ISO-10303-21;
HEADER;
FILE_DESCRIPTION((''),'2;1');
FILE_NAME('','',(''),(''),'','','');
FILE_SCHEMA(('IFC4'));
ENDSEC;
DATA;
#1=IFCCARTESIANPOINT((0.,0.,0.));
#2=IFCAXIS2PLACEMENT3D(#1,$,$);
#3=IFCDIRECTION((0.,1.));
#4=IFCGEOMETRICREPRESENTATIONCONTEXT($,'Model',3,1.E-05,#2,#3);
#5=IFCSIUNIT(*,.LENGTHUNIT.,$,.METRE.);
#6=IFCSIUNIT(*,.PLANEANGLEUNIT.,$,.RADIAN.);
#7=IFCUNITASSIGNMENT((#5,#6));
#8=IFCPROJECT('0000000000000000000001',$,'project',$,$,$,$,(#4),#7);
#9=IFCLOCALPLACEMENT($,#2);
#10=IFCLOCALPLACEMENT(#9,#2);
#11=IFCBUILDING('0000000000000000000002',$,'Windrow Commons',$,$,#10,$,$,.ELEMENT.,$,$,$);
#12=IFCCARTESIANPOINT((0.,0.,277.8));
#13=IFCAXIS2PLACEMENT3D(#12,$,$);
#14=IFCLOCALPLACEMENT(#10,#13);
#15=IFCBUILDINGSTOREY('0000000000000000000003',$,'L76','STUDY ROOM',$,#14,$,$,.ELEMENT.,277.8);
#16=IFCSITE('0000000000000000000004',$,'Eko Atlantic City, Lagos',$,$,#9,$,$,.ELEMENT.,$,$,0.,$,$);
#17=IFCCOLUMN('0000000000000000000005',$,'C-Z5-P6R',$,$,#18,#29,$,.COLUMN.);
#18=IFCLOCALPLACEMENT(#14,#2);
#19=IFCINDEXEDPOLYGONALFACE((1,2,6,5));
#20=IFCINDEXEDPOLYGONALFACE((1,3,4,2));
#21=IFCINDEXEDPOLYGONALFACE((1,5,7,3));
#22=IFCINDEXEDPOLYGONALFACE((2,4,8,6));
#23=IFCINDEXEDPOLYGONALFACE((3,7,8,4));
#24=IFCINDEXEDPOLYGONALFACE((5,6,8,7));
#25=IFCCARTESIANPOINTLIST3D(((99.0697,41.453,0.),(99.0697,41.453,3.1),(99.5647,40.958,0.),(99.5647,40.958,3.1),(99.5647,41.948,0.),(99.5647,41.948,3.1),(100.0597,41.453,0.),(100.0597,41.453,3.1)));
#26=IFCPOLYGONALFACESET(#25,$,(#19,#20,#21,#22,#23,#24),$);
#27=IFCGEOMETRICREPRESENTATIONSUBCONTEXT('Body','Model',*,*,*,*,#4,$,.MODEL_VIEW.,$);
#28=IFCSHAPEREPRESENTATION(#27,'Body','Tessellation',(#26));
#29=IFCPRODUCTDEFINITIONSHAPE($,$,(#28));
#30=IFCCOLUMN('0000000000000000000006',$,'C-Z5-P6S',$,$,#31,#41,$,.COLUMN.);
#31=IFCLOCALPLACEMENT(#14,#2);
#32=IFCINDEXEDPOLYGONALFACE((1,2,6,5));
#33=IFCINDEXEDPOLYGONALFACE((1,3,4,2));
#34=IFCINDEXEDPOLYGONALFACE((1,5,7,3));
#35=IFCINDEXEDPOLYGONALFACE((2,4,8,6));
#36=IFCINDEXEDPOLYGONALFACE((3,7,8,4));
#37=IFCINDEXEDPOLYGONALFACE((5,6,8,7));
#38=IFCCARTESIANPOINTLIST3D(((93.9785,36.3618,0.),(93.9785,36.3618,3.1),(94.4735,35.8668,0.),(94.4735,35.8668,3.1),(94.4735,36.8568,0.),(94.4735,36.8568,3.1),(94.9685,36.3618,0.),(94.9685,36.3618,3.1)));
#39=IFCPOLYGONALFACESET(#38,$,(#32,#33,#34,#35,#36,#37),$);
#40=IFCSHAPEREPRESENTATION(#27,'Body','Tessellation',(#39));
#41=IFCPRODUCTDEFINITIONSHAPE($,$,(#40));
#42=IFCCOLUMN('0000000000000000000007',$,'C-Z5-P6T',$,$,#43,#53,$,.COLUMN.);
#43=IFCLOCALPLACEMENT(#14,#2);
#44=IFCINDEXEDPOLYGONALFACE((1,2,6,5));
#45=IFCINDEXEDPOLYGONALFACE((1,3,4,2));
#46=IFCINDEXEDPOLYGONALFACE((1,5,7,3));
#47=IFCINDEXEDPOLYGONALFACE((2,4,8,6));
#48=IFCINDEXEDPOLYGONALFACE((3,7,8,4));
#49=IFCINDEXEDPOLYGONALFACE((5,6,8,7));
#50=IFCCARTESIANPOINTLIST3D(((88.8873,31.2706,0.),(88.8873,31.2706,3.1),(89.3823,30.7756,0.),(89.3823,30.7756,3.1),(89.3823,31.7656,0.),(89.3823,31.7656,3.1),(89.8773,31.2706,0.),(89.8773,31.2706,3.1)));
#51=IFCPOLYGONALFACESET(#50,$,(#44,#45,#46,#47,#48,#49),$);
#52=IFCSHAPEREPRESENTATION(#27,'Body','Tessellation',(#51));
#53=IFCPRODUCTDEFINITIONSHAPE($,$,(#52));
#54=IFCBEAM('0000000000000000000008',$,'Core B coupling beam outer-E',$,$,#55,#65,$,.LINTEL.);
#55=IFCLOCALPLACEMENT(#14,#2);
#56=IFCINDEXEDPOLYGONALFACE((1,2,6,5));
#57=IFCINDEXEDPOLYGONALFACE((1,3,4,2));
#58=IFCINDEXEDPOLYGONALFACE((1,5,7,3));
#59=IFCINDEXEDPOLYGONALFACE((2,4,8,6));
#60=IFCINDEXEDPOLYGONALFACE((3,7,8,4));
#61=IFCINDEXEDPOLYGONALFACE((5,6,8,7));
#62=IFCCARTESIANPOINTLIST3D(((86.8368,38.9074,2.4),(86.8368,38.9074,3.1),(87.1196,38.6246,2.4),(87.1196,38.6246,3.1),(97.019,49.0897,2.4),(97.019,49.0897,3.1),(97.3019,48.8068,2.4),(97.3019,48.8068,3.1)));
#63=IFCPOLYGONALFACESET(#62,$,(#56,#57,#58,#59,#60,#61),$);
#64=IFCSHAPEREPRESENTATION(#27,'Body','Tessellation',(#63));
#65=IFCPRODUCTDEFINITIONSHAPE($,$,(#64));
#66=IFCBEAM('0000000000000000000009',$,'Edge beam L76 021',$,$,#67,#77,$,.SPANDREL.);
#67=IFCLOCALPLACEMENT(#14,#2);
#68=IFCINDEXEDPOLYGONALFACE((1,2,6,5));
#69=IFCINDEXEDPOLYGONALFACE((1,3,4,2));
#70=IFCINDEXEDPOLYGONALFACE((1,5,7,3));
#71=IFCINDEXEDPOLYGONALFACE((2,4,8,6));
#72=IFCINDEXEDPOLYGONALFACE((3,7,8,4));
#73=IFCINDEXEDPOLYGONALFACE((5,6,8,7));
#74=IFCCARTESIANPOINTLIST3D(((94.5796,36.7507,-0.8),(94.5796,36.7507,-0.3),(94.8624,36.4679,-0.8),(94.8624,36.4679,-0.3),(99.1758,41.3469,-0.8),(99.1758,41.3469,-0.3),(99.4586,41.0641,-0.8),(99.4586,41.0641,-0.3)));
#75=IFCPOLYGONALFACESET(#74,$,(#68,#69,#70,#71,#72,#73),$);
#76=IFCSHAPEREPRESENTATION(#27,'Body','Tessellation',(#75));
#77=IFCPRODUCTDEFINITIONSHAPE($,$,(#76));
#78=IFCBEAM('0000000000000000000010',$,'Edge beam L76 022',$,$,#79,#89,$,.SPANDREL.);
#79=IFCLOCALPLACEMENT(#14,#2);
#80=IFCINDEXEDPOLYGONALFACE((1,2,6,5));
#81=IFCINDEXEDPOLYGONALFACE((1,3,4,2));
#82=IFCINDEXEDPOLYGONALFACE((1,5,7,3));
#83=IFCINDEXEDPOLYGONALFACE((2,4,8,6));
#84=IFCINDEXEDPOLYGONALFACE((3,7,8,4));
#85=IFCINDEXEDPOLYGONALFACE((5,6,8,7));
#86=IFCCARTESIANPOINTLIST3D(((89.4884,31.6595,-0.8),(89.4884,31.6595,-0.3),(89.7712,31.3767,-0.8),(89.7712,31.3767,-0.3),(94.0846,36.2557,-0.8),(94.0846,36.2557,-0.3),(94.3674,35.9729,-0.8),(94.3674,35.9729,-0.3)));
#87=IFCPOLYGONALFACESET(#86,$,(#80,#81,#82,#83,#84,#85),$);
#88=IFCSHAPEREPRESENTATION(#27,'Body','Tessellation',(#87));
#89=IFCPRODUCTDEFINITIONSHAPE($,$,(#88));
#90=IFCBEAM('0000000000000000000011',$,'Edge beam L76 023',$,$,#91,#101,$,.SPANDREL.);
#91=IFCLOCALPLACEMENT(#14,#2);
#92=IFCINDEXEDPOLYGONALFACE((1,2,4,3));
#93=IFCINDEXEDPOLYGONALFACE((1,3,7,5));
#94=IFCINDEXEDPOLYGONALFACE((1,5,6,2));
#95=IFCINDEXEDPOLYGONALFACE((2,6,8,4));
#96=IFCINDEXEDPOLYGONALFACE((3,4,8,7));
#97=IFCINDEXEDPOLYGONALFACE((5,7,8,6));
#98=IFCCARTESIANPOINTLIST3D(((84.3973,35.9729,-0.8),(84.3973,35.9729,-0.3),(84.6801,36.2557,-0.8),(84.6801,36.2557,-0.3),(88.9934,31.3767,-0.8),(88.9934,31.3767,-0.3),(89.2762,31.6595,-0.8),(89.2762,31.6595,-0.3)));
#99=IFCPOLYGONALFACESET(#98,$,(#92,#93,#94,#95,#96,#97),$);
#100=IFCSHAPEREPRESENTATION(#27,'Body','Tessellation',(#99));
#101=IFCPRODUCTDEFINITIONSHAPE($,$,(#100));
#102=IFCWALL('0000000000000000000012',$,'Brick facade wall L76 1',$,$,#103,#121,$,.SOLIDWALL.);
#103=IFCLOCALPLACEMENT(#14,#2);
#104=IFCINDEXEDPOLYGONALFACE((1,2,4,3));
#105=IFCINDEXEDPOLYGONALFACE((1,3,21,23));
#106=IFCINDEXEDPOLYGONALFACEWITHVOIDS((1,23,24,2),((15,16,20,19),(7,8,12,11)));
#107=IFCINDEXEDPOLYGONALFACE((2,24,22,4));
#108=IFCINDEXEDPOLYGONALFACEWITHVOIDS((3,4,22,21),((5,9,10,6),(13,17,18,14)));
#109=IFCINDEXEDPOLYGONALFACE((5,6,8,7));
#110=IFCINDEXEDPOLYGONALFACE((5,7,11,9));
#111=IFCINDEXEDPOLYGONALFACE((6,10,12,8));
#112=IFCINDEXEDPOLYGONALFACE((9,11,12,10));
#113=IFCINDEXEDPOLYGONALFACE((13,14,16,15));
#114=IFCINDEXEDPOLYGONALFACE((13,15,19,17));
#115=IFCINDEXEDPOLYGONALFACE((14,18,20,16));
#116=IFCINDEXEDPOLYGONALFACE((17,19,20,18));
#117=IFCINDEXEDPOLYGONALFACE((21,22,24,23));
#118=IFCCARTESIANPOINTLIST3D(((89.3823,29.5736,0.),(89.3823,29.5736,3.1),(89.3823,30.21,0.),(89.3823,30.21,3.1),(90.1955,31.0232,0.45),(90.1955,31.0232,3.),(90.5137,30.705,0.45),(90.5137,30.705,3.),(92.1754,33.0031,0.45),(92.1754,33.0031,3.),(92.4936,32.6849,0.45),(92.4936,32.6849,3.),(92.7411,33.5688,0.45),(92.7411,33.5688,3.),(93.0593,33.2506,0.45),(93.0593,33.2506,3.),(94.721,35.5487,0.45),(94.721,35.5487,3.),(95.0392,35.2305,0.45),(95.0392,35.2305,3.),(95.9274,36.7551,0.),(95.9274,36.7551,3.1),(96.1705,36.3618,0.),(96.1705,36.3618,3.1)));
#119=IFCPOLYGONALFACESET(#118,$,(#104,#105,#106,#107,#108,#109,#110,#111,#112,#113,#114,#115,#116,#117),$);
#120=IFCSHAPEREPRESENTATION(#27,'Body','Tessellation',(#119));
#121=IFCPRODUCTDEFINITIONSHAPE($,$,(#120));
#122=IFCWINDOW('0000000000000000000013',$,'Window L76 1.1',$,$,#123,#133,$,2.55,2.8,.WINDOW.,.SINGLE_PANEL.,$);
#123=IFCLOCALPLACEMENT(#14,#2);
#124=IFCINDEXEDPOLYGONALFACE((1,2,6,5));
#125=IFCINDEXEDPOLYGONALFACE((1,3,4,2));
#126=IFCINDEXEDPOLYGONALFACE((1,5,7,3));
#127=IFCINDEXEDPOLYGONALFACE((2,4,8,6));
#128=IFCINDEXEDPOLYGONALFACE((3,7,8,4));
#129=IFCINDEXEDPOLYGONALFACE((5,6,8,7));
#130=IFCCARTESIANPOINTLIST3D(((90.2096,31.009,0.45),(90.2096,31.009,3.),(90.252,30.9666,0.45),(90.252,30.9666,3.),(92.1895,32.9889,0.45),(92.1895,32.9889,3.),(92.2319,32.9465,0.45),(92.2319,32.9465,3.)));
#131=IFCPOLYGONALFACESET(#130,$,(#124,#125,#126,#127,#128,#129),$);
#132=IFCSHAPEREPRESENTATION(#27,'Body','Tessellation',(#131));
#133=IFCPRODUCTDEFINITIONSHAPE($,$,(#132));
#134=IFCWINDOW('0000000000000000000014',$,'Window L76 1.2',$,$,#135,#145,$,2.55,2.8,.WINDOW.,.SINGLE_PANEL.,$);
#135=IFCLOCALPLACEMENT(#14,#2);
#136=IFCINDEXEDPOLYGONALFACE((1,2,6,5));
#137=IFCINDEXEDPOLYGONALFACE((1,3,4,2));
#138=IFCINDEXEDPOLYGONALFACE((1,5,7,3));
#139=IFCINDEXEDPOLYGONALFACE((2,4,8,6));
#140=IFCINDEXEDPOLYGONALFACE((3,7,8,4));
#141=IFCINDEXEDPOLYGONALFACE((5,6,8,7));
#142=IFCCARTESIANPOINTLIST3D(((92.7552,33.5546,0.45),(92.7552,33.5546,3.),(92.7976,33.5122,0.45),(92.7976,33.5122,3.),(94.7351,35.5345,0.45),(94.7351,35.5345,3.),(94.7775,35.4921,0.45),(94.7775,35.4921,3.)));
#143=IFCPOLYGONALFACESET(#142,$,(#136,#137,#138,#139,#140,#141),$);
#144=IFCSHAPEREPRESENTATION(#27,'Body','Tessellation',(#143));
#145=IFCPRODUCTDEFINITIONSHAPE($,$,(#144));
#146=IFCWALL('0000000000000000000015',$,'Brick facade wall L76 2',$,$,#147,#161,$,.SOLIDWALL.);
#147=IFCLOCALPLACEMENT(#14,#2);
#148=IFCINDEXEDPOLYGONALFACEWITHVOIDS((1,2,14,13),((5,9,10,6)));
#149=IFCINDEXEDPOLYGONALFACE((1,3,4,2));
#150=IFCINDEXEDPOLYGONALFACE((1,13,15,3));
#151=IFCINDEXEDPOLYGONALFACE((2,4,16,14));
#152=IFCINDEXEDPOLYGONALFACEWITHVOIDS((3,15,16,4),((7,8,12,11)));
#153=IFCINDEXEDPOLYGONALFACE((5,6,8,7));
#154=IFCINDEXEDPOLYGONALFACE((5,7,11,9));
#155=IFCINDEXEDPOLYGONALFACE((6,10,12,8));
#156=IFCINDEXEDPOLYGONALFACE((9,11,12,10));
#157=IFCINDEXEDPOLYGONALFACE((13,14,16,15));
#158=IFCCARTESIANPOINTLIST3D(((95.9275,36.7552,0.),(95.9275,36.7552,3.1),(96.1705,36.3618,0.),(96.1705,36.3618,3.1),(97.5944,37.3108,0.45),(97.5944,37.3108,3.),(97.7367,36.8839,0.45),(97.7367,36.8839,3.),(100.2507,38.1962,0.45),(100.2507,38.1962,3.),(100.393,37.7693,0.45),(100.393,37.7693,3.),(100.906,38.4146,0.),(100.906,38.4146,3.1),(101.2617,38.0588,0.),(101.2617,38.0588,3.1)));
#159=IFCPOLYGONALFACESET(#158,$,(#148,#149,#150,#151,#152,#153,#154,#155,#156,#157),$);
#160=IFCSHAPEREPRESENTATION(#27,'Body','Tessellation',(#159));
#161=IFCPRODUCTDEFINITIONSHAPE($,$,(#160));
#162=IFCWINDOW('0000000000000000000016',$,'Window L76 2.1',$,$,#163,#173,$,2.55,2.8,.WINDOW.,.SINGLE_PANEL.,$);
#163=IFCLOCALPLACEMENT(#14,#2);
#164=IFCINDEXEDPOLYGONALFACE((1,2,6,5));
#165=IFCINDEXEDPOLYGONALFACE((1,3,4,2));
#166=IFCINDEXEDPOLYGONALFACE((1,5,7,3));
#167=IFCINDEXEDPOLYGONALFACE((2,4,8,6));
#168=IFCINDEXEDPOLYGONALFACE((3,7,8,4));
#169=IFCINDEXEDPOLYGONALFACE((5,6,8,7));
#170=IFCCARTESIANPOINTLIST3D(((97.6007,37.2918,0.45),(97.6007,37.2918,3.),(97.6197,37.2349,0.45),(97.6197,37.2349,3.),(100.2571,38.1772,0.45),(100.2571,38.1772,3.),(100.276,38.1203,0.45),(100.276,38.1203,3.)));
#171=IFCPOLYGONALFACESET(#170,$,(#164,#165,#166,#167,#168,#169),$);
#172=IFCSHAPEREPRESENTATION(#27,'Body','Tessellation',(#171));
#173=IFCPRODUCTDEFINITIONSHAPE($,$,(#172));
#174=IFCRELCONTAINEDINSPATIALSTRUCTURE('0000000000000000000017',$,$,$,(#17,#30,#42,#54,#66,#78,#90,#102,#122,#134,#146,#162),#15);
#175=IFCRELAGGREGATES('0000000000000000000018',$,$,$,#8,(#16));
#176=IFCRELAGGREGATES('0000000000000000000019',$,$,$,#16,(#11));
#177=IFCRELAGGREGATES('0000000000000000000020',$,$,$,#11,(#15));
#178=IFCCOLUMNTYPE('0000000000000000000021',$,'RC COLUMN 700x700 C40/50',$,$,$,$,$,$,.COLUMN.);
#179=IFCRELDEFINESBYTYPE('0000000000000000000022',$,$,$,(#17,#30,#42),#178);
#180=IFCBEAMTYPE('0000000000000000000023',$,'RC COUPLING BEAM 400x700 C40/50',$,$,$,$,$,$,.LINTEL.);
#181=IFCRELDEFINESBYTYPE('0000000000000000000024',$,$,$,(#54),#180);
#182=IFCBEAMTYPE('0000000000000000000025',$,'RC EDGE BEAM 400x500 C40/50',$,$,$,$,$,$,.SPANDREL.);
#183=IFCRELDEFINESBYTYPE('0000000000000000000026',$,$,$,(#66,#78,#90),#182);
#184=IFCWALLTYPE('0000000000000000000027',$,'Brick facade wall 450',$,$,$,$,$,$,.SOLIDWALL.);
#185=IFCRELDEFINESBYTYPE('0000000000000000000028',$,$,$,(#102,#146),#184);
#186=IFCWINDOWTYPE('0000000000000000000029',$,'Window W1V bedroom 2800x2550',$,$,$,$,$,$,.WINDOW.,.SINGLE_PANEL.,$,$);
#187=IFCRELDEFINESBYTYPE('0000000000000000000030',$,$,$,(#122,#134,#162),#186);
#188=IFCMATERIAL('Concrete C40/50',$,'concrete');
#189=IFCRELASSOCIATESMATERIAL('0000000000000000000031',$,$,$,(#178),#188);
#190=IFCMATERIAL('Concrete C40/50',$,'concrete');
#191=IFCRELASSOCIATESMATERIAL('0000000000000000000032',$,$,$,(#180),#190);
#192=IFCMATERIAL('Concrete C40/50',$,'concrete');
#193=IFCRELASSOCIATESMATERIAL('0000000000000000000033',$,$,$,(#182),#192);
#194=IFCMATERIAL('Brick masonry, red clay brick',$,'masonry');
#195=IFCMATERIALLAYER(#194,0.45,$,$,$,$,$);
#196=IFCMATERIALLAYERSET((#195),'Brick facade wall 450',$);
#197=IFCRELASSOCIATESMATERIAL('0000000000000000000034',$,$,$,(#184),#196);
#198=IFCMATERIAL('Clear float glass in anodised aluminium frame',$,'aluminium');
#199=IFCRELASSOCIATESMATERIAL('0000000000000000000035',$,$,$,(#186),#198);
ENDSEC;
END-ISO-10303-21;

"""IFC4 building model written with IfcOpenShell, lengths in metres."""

from ifc_helpers import new_model, si_unit, direction, frame, frame_2d, origin, origin_2d, place, context, subcontext, project, spatial, polyline, rectangle, outline, extrude, material, layer, layer_set, material_profile, profile_set, type_object, element, fill, save


model = new_model("IFC4")

# Units and contexts
model_context = context("Model", 3, precision=1e-05, world=origin(), true_north=direction((0.0, 1.0)))
body_context = subcontext(model_context, "Body", "Model", "MODEL_VIEW")
ifc_project = project(units=[si_unit("LENGTHUNIT", "METRE"), si_unit("PLANEANGLEUNIT", "RADIAN")], contexts=[model_context])

# Site, building, storey
site_placement = place(None, origin())
site = spatial("IfcSite", under=ifc_project, at=site_placement, Name="Eko Atlantic City, Lagos", CompositionType="ELEMENT", RefElevation=0.0)
building_placement = place(site_placement, origin())
building = spatial("IfcBuilding", under=site, at=building_placement, Name="Windrow Commons", CompositionType="ELEMENT")
storey_placement = place(building_placement, frame((0.0, 0.0, 277.8)))
storey = spatial("IfcBuildingStorey", under=building, at=storey_placement, Name="L76", Description="STUDY ROOM", CompositionType="ELEMENT", Elevation=277.8)

# Columns
ifc_material_1 = material(Name="Concrete C40/50", Category="concrete")
ifc_material_profile_1 = material_profile(ifc_material_1, rectangle(XDim=0.7, YDim=0.7, at=origin_2d()))
ifc_profile_set_1 = profile_set([ifc_material_profile_1], Name="Concrete C40/50")
column_type = type_object("IfcColumnType", Name="RC COLUMN 700x700 C40/50", PredefinedType="COLUMN", material=ifc_profile_set_1)
for number, where, z_axis, x_axis, name in (
    (1, (99.5647, 41.453, 0.0), (0.0, 0.0, 1.0), (0.707107, -0.707107, 0.0), "C-Z5-P6R"),
    (2, (94.4735, 36.3618, 0.0), (0.0, 0.0, 1.0), (0.707107, -0.707107, 0.0), "C-Z5-P6S"),
    (3, (89.3823, 31.2706, 0.0), (0.0, 0.0, 1.0), (0.707107, -0.707107, 0.0), "C-Z5-P6T"),
):
    element("IfcColumn", number, at=place(storey_placement, frame(where, z_axis=z_axis, x_axis=x_axis)), inside=storey, type_object=column_type, Name=name, PredefinedType="COLUMN", context=body_context, shape_type="SweptSolid", body=[
        extrude(rectangle(XDim=0.7, YDim=0.7, at=origin_2d()), origin(), (0.0, 0.0, 1.0), 3.1),
    ])

# Beams
ifc_material_2 = material(Name="Concrete C40/50", Category="concrete")
ifc_material_profile_2 = material_profile(ifc_material_2, rectangle(XDim=0.4, YDim=0.7, at=origin_2d()))
ifc_profile_set_2 = profile_set([ifc_material_profile_2], Name="Concrete C40/50")
beam_type_1 = type_object("IfcBeamType", Name="RC COUPLING BEAM 400x700 C40/50", PredefinedType="LINTEL", material=ifc_profile_set_2)
beam_1_placement = place(storey_placement, frame((86.9782, 38.766, 2.75), z_axis=(0.707107, 0.707107, 0.0), x_axis=(-0.707107, 0.707107, 0.0)))
element("IfcBeam", 4, at=beam_1_placement, inside=storey, type_object=beam_type_1, Name="Core B coupling beam outer-E", PredefinedType="LINTEL", context=body_context, shape_type="SweptSolid", body=[
    extrude(rectangle(XDim=0.4, YDim=0.7, at=origin_2d()), origin(), (0.0, 0.0, 1.0), 14.3999),
])
ifc_material_3 = material(Name="Concrete C40/50", Category="concrete")
ifc_material_profile_3 = material_profile(ifc_material_3, rectangle(XDim=0.4, YDim=0.5, at=origin_2d()))
ifc_profile_set_3 = profile_set([ifc_material_profile_3], Name="Concrete C40/50")
beam_type_2 = type_object("IfcBeamType", Name="RC EDGE BEAM 400x500 C40/50", PredefinedType="SPANDREL", material=ifc_profile_set_3)
for number, where, z_axis, x_axis, name in (
    (5, (99.3172, 41.2055, -0.55), (-0.707107, -0.707107, 0.0), (0.707107, -0.707107, 0.0), "Edge beam L76 021"),
    (6, (94.226, 36.1143, -0.55), (-0.707107, -0.707107, 0.0), (0.707107, -0.707107, 0.0), "Edge beam L76 022"),
):
    element("IfcBeam", number, at=place(storey_placement, frame(where, z_axis=z_axis, x_axis=x_axis)), inside=storey, type_object=beam_type_2, Name=name, PredefinedType="SPANDREL", context=body_context, shape_type="SweptSolid", body=[
        extrude(rectangle(XDim=0.4, YDim=0.5, at=origin_2d()), origin(), (0.0, 0.0, 1.0), 6.5),
    ])
beam_2_placement = place(storey_placement, frame((89.1348, 31.5181, -0.55), z_axis=(-0.707099, 0.707114, 0.0), x_axis=(-0.707114, -0.707099, 0.0)))
element("IfcBeam", 7, at=beam_2_placement, inside=storey, type_object=beam_type_2, Name="Edge beam L76 023", PredefinedType="SPANDREL", context=body_context, shape_type="SweptSolid", body=[
    extrude(rectangle(XDim=0.4, YDim=0.5, at=origin_2d()), origin(), (0.0, 0.0, 1.0), 6.4999),
])

# Wall, openings, windows
ifc_material_4 = material(Name="Brick masonry, red clay brick", Category="masonry")
ifc_layer_1 = layer(ifc_material_4, 0.45)
ifc_layer_set_1 = layer_set([ifc_layer_1], Name="Brick facade wall 450")
wall_type_1 = type_object("IfcWallType", Name="Brick facade wall 450", PredefinedType="SOLIDWALL", material=ifc_layer_set_1)
wall_1_placement = place(storey_placement, frame((89.3823, 29.8918, 0.0), z_axis=(0.0, 0.0, 1.0), x_axis=(0.707107, 0.707107, 0.0)))
wall_1 = element("IfcWall", 8, at=wall_1_placement, inside=storey, type_object=wall_type_1, Name="Brick facade wall L76 1", PredefinedType="SOLIDWALL", context=body_context, shape_type="SweptSolid", body=[
    extrude(outline(polyline([(-0.225, -0.225), (9.375, -0.225), (9.4812, 0.225), (0.225, 0.225), (-0.225, -0.225)])), origin(), (0.0, 0.0, 1.0), 3.1),
])
opening_1_placement = place(wall_1_placement, frame((1.375, 0.0, 0.45)))
opening_1 = element("IfcOpeningElement", 9, at=opening_1_placement, cuts=wall_1, PredefinedType="OPENING", context=body_context, shape_type="SweptSolid", body=[
    extrude(rectangle(XDim=2.8, YDim=2.55, at=frame_2d((1.4, 1.275))), frame((0.0, 0.235, 0.0), z_axis=(0.0, -1.0, 0.0), x_axis=(1.0, 0.0, 0.0)), (0.0, 0.0, 1.0), 0.47),
])
opening_2_placement = place(wall_1_placement, frame((4.975, 0.0, 0.45)))
opening_2 = element("IfcOpeningElement", 10, at=opening_2_placement, cuts=wall_1, PredefinedType="OPENING", context=body_context, shape_type="SweptSolid", body=[
    extrude(rectangle(XDim=2.8, YDim=2.55, at=frame_2d((1.4, 1.275))), frame((0.0, 0.235, 0.0), z_axis=(0.0, -1.0, 0.0), x_axis=(1.0, 0.0, 0.0)), (0.0, 0.0, 1.0), 0.47),
])
ifc_material_5 = material(Name="Clear float glass in anodised aluminium frame", Category="aluminium")
window_type = type_object("IfcWindowType", Name="Window W1V bedroom 2800x2550", PartitioningType="SINGLE_PANEL", PredefinedType="WINDOW", material=ifc_material_5)
window_1_placement = place(opening_1_placement, origin())
window_1 = element("IfcWindow", 11, at=window_1_placement, inside=storey, type_object=window_type, Name="Window L76 1.1", OverallHeight=2.55, OverallWidth=2.8, PartitioningType="SINGLE_PANEL", PredefinedType="WINDOW", context=body_context, shape_type="SweptSolid", body=[
    extrude(rectangle(XDim=2.8, YDim=2.55, at=frame_2d((1.4, 1.275))), frame((0.0, 0.205, 0.0), z_axis=(0.0, -1.0, 0.0), x_axis=(1.0, 0.0, 0.0)), (0.0, 0.0, 1.0), 0.06),
])
fill(opening_1, window_1)
window_2_placement = place(opening_2_placement, origin())
window_2 = element("IfcWindow", 12, at=window_2_placement, inside=storey, type_object=window_type, Name="Window L76 1.2", OverallHeight=2.55, OverallWidth=2.8, PartitioningType="SINGLE_PANEL", PredefinedType="WINDOW", context=body_context, shape_type="SweptSolid", body=[
    extrude(rectangle(XDim=2.8, YDim=2.55, at=frame_2d((1.4, 1.275))), frame((0.0, 0.205, 0.0), z_axis=(0.0, -1.0, 0.0), x_axis=(1.0, 0.0, 0.0)), (0.0, 0.0, 1.0), 0.06),
])
fill(opening_2, window_2)

# Wall, opening, window
wall_2_placement = place(storey_placement, frame((96.049, 36.5585, 0.0), z_axis=(0.0, 0.0, 1.0), x_axis=(0.948687, 0.316216, 0.0)))
wall_2 = element("IfcWall", 13, at=wall_2_placement, inside=storey, type_object=wall_type_1, Name="Brick facade wall L76 2", PredefinedType="SOLIDWALL", context=body_context, shape_type="SweptSolid", body=[
    extrude(outline(polyline([(0.0531, -0.225), (5.4197, -0.225), (5.1947, 0.225), (-0.0531, 0.225), (0.0531, -0.225)])), origin(), (0.0, 0.0, 1.0), 3.1),
])
opening_3_placement = place(wall_2_placement, frame((1.704, 0.0, 0.45)))
opening_3 = element("IfcOpeningElement", 14, at=opening_3_placement, cuts=wall_2, PredefinedType="OPENING", context=body_context, shape_type="SweptSolid", body=[
    extrude(rectangle(XDim=2.8, YDim=2.55, at=frame_2d((1.4, 1.275))), frame((0.0, 0.235, 0.0), z_axis=(0.0, -1.0, 0.0), x_axis=(1.0, 0.0, 0.0)), (0.0, 0.0, 1.0), 0.47),
])
window_3_placement = place(opening_3_placement, origin())
window_3 = element("IfcWindow", 15, at=window_3_placement, inside=storey, type_object=window_type, Name="Window L76 2.1", OverallHeight=2.55, OverallWidth=2.8, PartitioningType="SINGLE_PANEL", PredefinedType="WINDOW", context=body_context, shape_type="SweptSolid", body=[
    extrude(rectangle(XDim=2.8, YDim=2.55, at=frame_2d((1.4, 1.275))), frame((0.0, 0.205, 0.0), z_axis=(0.0, -1.0, 0.0), x_axis=(1.0, 0.0, 0.0)), (0.0, 0.0, 1.0), 0.06),
])
fill(opening_3, window_3)

save(model, "model.ifc")
